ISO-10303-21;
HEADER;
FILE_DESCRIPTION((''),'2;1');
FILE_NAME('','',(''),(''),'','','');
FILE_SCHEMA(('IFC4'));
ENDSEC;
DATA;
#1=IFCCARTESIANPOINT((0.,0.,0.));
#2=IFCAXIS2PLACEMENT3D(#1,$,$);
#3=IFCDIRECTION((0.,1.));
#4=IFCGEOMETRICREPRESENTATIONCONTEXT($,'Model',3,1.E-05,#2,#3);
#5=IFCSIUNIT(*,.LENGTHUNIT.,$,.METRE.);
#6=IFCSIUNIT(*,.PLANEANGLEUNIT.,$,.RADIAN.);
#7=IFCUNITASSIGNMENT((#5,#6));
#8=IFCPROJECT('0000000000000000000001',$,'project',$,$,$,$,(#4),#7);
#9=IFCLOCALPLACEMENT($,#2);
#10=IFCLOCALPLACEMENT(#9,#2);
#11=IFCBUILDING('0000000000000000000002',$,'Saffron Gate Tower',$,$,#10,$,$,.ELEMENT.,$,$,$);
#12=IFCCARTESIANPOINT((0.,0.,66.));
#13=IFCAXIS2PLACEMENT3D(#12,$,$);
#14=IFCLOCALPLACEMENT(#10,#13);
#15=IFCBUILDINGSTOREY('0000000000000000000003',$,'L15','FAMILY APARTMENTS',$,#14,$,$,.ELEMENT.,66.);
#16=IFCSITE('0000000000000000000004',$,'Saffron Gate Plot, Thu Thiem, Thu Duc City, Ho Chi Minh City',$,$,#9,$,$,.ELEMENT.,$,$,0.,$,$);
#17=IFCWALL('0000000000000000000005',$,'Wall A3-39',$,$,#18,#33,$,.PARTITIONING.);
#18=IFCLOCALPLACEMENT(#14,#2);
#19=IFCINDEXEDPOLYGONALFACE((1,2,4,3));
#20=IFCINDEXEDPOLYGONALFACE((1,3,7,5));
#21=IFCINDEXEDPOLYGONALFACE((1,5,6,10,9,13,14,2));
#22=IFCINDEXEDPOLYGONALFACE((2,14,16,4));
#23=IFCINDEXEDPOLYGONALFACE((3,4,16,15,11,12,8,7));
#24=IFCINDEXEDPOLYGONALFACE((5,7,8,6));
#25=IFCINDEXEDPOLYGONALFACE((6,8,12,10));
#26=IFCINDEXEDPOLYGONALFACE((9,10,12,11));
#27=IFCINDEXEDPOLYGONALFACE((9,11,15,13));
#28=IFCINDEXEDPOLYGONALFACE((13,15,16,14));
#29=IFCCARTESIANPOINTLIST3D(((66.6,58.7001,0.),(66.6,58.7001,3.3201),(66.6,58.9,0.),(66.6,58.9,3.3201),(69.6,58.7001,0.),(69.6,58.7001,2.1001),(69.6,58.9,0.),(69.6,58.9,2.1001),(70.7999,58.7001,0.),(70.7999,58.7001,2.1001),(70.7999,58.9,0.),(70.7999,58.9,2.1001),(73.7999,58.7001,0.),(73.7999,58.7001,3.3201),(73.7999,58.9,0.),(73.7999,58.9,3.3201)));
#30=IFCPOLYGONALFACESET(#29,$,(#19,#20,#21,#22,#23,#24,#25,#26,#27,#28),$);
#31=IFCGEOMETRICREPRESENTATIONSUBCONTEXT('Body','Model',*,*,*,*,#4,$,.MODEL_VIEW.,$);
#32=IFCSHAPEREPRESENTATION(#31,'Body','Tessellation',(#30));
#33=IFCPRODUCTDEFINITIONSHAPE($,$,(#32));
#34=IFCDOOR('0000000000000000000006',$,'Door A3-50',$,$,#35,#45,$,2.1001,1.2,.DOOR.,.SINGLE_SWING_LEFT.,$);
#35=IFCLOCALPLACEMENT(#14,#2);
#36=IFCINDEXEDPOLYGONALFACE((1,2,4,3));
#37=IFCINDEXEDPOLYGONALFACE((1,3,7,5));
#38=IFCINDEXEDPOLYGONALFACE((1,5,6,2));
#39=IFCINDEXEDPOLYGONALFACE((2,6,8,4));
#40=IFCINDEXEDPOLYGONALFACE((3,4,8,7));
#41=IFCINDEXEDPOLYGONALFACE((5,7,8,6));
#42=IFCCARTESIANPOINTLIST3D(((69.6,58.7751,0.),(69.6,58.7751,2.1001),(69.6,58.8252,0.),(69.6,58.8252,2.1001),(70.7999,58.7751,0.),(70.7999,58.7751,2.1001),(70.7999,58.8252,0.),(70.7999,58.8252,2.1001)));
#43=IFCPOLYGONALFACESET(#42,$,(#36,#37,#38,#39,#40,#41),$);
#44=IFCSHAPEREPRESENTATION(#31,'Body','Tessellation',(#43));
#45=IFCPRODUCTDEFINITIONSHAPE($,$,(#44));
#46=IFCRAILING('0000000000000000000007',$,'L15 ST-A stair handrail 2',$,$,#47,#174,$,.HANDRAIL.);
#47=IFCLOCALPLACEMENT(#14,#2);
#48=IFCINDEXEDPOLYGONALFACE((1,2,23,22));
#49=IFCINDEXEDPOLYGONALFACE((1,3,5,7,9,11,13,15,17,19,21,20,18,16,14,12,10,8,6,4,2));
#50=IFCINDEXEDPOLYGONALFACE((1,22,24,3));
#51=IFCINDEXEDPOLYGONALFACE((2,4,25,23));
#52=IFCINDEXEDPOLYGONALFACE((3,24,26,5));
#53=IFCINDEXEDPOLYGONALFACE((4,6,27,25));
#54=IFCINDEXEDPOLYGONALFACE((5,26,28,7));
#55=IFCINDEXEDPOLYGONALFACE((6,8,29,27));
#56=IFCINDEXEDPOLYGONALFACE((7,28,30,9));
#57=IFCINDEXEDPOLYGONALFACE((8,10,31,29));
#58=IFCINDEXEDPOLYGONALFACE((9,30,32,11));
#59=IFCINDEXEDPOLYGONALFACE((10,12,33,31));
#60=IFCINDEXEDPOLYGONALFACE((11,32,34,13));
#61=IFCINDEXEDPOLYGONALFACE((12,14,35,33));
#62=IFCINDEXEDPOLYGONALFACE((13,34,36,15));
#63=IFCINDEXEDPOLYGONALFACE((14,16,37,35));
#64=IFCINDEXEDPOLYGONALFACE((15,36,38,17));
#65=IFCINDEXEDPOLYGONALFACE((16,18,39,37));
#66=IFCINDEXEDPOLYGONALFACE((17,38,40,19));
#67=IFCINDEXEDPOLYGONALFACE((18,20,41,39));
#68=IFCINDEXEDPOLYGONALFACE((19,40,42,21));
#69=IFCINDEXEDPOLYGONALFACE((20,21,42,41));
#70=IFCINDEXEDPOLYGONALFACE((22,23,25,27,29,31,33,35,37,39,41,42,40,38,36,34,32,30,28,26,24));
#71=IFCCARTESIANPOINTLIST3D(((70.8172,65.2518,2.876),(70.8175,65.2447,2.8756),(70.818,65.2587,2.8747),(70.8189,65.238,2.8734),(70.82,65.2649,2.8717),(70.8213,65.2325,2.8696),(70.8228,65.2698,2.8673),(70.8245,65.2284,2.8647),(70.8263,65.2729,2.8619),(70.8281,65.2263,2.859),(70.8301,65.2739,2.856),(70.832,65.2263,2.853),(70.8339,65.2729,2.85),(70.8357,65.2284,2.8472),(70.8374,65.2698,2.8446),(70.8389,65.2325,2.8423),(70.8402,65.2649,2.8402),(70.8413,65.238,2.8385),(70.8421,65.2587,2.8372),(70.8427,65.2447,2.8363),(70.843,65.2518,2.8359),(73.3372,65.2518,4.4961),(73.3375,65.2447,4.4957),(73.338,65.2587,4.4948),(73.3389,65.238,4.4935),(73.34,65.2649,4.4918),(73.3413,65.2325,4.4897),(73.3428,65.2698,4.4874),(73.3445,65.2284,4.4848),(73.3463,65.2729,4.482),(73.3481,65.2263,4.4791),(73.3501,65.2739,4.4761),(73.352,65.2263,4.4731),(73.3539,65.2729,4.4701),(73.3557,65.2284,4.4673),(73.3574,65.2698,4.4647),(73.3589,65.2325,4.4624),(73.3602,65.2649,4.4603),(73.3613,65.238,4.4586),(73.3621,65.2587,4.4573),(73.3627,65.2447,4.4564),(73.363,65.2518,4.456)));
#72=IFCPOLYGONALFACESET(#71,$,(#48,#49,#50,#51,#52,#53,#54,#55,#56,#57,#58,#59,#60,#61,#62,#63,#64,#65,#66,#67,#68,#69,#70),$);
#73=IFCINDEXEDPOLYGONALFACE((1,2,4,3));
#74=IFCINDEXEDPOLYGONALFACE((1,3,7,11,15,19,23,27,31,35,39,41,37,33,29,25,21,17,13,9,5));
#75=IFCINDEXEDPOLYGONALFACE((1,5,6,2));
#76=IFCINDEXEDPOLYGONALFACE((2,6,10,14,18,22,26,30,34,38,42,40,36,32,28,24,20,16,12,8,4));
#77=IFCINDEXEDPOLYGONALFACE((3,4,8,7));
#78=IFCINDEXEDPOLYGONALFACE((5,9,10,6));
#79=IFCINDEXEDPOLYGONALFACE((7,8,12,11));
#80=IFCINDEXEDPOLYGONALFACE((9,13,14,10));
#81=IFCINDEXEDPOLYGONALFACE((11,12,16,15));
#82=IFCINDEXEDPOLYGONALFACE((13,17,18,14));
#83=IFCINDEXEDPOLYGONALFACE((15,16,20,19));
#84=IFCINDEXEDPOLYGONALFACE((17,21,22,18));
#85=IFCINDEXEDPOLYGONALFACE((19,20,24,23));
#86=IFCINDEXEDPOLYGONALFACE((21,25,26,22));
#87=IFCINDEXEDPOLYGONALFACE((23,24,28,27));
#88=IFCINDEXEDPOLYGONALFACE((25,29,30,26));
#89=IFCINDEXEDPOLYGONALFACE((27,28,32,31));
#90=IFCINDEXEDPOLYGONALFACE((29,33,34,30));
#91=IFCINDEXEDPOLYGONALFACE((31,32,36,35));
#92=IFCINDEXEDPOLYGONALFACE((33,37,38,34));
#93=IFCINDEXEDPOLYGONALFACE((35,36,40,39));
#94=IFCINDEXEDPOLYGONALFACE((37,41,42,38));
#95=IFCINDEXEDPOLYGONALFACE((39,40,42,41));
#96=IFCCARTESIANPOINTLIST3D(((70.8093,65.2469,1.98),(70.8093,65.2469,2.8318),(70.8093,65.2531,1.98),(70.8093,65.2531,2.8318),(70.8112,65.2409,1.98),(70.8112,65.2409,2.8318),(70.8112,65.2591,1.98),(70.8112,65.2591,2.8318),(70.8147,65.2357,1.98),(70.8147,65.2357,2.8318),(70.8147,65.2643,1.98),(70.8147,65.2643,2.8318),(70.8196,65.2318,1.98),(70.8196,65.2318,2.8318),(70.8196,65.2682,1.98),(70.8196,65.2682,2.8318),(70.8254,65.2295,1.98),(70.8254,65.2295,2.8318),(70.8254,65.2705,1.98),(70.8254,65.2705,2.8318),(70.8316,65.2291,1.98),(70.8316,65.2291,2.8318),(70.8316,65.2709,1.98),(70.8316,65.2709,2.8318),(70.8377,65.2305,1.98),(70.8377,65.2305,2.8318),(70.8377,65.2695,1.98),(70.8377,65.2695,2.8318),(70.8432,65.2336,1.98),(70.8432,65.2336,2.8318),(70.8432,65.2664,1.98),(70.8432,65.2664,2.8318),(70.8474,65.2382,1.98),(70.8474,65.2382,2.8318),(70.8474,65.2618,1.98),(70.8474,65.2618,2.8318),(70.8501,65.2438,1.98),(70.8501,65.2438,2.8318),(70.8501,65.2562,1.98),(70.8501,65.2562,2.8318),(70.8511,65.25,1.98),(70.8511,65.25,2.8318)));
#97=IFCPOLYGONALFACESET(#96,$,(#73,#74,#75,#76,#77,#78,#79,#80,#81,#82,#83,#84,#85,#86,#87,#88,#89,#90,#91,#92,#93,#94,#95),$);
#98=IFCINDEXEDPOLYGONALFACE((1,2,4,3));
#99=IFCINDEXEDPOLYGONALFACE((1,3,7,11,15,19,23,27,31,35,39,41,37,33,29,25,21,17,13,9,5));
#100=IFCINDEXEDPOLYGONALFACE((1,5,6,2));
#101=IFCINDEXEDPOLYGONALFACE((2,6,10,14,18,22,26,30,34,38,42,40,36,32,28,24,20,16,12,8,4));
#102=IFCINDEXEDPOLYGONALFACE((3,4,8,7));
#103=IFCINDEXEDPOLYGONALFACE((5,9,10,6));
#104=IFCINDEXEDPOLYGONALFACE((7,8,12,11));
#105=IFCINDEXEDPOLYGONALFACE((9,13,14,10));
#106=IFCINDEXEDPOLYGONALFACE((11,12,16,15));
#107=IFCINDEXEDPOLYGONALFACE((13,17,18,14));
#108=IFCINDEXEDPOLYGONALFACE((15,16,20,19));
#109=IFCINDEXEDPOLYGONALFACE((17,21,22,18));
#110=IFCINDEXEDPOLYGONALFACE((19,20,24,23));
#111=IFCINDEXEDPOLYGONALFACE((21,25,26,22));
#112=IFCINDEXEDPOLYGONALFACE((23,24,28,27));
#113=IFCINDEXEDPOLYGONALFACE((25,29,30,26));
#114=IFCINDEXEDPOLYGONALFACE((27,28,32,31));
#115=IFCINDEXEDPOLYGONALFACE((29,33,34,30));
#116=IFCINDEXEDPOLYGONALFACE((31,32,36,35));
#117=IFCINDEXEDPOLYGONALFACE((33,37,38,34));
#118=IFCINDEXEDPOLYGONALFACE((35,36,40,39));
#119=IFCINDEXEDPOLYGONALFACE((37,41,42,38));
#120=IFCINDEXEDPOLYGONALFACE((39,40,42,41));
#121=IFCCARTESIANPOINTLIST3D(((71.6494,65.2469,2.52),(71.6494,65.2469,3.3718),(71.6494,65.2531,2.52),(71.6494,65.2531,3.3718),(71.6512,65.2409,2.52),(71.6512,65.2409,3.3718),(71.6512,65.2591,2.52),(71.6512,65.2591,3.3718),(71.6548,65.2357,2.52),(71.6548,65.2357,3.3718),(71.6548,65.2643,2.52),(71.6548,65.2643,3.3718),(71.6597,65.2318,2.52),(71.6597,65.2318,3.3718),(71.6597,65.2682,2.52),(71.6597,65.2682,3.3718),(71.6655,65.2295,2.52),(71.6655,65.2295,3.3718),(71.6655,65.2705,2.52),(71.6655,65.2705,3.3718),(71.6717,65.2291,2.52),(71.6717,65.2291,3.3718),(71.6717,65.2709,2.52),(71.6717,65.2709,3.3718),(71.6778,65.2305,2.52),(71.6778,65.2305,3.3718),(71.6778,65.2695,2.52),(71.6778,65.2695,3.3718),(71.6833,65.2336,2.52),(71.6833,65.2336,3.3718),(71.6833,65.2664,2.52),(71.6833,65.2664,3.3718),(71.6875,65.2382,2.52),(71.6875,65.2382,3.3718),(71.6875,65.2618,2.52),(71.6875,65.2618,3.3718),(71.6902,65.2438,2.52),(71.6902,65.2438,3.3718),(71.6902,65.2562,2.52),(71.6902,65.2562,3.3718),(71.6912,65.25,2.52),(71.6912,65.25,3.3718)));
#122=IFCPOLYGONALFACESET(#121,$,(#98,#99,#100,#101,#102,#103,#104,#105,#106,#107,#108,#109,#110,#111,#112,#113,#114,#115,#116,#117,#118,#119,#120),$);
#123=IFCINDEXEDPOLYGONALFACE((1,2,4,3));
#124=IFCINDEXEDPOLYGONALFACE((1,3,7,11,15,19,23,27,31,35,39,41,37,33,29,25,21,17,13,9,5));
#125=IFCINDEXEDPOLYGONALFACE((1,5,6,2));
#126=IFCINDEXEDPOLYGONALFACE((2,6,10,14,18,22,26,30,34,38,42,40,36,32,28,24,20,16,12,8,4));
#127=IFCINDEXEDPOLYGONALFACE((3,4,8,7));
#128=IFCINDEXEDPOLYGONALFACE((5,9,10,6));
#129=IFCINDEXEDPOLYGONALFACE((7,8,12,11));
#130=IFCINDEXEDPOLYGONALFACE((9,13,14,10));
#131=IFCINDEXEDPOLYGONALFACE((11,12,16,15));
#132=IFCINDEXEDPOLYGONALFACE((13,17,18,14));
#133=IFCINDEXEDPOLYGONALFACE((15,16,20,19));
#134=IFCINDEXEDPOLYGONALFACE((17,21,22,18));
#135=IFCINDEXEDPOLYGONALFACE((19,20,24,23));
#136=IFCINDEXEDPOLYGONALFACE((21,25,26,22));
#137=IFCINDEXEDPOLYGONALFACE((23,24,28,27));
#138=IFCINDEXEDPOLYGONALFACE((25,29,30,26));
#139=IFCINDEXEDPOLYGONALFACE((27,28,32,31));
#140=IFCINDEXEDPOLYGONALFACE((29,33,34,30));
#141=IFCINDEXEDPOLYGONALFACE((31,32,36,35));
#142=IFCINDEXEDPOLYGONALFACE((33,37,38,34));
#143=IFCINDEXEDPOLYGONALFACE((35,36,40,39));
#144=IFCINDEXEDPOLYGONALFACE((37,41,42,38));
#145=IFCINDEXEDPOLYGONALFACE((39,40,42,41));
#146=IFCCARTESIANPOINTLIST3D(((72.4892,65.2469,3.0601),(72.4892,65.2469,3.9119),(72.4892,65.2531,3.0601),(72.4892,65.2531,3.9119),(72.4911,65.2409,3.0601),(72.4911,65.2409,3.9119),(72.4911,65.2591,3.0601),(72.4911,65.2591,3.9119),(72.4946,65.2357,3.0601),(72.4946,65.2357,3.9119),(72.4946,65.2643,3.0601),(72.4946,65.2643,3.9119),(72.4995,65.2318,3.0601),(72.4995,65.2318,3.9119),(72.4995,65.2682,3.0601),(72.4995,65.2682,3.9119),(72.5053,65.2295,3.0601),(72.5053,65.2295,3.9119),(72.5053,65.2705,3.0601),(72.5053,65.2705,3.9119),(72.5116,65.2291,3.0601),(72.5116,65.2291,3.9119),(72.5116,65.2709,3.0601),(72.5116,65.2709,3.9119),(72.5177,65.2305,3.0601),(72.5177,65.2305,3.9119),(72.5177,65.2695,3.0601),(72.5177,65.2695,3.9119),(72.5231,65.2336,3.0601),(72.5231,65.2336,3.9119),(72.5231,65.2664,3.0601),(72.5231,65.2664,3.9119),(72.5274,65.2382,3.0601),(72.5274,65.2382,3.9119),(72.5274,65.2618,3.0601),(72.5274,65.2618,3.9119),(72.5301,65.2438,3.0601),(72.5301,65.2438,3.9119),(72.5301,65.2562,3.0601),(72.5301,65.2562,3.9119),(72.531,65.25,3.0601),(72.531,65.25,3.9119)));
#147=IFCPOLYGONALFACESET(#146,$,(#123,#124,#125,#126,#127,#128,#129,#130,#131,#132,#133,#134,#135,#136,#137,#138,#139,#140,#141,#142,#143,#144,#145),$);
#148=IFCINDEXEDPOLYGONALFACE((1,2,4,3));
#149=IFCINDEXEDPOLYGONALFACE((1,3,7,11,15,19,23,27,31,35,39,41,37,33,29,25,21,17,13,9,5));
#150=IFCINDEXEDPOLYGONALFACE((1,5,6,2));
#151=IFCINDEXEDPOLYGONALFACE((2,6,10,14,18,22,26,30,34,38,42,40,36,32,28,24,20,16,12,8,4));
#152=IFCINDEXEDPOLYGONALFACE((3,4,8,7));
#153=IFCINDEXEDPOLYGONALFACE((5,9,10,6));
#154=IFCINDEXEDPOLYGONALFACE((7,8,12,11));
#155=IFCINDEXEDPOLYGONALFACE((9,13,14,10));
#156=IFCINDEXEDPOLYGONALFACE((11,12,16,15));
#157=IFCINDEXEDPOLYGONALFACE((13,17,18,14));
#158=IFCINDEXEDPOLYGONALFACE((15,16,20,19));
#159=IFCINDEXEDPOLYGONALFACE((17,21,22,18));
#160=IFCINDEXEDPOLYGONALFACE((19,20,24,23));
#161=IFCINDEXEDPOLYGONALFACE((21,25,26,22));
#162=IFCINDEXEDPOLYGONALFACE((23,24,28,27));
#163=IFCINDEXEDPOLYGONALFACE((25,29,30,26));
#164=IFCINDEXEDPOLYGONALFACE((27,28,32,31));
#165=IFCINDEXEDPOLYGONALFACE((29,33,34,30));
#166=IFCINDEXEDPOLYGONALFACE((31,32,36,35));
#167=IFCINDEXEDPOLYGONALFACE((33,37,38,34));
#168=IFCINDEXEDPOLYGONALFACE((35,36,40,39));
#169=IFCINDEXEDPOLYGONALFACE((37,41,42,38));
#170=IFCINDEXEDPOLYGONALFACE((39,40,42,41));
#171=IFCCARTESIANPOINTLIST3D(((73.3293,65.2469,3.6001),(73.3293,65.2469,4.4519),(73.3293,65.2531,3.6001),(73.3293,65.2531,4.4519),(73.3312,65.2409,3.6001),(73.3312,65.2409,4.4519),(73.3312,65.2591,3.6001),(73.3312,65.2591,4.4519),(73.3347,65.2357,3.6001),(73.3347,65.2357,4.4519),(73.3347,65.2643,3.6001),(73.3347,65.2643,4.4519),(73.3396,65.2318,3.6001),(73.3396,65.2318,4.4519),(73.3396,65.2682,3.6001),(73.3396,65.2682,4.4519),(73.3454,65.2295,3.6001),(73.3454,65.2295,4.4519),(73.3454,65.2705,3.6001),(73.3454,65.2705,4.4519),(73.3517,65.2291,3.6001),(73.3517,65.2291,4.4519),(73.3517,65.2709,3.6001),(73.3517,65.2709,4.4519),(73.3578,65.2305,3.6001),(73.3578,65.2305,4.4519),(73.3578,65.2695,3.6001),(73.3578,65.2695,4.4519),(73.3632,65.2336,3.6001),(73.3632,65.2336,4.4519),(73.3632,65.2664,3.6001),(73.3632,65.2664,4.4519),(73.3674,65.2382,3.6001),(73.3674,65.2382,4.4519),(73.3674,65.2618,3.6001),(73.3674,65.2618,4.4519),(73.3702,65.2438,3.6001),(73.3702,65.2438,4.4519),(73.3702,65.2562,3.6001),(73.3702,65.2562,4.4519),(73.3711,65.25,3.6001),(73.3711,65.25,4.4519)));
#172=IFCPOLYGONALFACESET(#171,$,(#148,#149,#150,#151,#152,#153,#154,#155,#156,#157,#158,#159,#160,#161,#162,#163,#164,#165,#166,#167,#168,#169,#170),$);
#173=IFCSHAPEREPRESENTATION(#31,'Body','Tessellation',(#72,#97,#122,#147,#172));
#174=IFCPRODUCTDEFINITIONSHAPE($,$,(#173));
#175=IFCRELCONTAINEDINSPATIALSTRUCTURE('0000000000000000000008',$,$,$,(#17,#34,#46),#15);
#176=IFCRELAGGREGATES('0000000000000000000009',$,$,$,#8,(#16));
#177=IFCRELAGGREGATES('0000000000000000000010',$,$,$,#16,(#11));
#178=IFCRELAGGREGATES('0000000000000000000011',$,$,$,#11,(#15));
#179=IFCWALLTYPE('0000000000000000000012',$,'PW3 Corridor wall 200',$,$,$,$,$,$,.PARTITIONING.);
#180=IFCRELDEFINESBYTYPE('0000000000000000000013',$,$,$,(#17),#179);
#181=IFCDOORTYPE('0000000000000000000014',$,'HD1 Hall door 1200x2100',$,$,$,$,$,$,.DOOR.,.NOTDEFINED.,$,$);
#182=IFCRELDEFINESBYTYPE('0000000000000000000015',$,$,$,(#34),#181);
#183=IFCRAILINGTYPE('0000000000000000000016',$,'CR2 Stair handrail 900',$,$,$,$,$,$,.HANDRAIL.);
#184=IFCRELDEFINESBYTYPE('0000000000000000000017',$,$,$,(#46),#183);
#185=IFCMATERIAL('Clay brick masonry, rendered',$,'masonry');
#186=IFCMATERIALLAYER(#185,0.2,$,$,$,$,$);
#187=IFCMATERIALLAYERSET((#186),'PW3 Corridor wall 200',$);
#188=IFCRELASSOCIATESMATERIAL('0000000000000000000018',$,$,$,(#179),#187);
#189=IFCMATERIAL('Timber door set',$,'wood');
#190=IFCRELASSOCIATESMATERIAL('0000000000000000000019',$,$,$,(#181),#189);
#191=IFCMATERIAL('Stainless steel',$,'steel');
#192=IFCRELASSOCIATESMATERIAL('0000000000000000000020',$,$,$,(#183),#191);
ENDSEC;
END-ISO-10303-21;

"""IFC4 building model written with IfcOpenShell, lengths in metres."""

from ifc_helpers import new_model, si_unit, direction, frame, frame_2d, origin, origin_2d, place, context, subcontext, project, spatial, rectangle, circle, extrude, material, layer, layer_set, type_object, element, fill, save


model = new_model("IFC4")

# Units and contexts
model_context = context("Model", 3, precision=1e-05, world=origin(), true_north=direction((0.0, 1.0)))
body_context = subcontext(model_context, "Body", "Model", "MODEL_VIEW")
ifc_project = project(units=[si_unit("LENGTHUNIT", "METRE"), si_unit("PLANEANGLEUNIT", "RADIAN")], contexts=[model_context])

# Site, building, storey
site_placement = place(None, origin())
site = spatial("IfcSite", under=ifc_project, at=site_placement, Name="Saffron Gate Plot, Thu Thiem, Thu Duc City, Ho Chi Minh City", CompositionType="ELEMENT", RefElevation=0.0)
building_placement = place(site_placement, origin())
building = spatial("IfcBuilding", under=site, at=building_placement, Name="Saffron Gate Tower", CompositionType="ELEMENT")
storey_placement = place(building_placement, frame((0.0, 0.0, 66.0)))
storey = spatial("IfcBuildingStorey", under=building, at=storey_placement, Name="L15", Description="FAMILY APARTMENTS", CompositionType="ELEMENT", Elevation=66.0)

# Wall, opening, door
ifc_material_1 = material(Name="Timber door set", Category="wood")
ifc_material_2 = material(Name="Clay brick masonry, rendered", Category="masonry")
ifc_layer_1 = layer(ifc_material_2, 0.2)
ifc_layer_set_1 = layer_set([ifc_layer_1], Name="PW3 Corridor wall 200")
wall_type_1 = type_object("IfcWallType", Name="PW3 Corridor wall 200", PredefinedType="PARTITIONING", material=ifc_layer_set_1)
wall_1_placement = place(storey_placement, frame((73.8, 58.8, 0.0), z_axis=(0.0, 0.0, 1.0), x_axis=(-1.0, 0.0, 0.0)))
wall_1 = element("IfcWall", 1, at=wall_1_placement, inside=storey, type_object=wall_type_1, Name="Wall A3-39", PredefinedType="PARTITIONING", context=body_context, shape_type="SweptSolid", body=[
    extrude(rectangle(XDim=7.2, YDim=0.2, at=frame_2d((3.6001, 0.0))), origin(), (0.0, 0.0, 1.0), 3.3201),
])
opening_1_placement = place(wall_1_placement, frame((3.0, 0.0, 0.0)))
opening_1 = element("IfcOpeningElement", 2, at=opening_1_placement, cuts=wall_1, PredefinedType="OPENING", context=body_context, shape_type="SweptSolid", body=[
    extrude(rectangle(XDim=1.2, YDim=2.1001, at=frame_2d((0.6001, 1.05))), frame((0.0, 0.1099, 0.0), z_axis=(0.0, -1.0, 0.0), x_axis=(1.0, 0.0, 0.0)), (0.0, 0.0, 1.0), 0.22),
])
door_type_1 = type_object("IfcDoorType", Name="HD1 Hall door 1200x2100", OperationType="NOTDEFINED", PredefinedType="DOOR", material=ifc_material_1)
door_1_placement = place(opening_1_placement, origin())
door_1 = element("IfcDoor", 3, at=door_1_placement, inside=storey, type_object=door_type_1, Name="Door A3-50", OperationType="SINGLE_SWING_LEFT", OverallHeight=2.1001, OverallWidth=1.2, PredefinedType="DOOR", context=body_context, shape_type="SweptSolid", body=[
    extrude(rectangle(XDim=1.2, YDim=2.1001, at=frame_2d((0.6001, 1.05))), frame((0.0, 0.0249, 0.0), z_axis=(0.0, -1.0, 0.0), x_axis=(1.0, 0.0, 0.0)), (0.0, 0.0, 1.0), 0.05),
])
fill(opening_1, door_1)

# Railing
ifc_material_3 = material(Name="Stainless steel", Category="steel")
railing_type = type_object("IfcRailingType", Name="CR2 Stair handrail 900", PredefinedType="HANDRAIL", material=ifc_material_3)
railing_placement = place(storey_placement, frame((70.8301, 65.25, 1.98)))
element("IfcRailing", 4, at=railing_placement, inside=storey, type_object=railing_type, Name="L15 ST-A stair handrail 2", PredefinedType="HANDRAIL", context=body_context, shape_type="SweptSolid", body=[
    extrude(circle(Radius=0.0239, at=origin_2d()), frame((0.0, 0.0, 0.876), z_axis=(0.841163, 0.0, 0.540782), x_axis=(0.0, 1.0, 0.0)), (0.0, 0.0, 1.0), 2.9958),
    extrude(circle(Radius=0.021, at=origin_2d()), origin(), (0.0, 0.0, 1.0), 0.8518),
    extrude(circle(Radius=0.021, at=origin_2d()), frame((0.8401, 0.0, 0.54)), (0.0, 0.0, 1.0), 0.8518),
    extrude(circle(Radius=0.021, at=origin_2d()), frame((1.6799, 0.0, 1.0801)), (0.0, 0.0, 1.0), 0.8518),
    extrude(circle(Radius=0.021, at=origin_2d()), frame((2.52, 0.0, 1.6201)), (0.0, 0.0, 1.0), 0.8518),
])

save(model, "model.ifc")
